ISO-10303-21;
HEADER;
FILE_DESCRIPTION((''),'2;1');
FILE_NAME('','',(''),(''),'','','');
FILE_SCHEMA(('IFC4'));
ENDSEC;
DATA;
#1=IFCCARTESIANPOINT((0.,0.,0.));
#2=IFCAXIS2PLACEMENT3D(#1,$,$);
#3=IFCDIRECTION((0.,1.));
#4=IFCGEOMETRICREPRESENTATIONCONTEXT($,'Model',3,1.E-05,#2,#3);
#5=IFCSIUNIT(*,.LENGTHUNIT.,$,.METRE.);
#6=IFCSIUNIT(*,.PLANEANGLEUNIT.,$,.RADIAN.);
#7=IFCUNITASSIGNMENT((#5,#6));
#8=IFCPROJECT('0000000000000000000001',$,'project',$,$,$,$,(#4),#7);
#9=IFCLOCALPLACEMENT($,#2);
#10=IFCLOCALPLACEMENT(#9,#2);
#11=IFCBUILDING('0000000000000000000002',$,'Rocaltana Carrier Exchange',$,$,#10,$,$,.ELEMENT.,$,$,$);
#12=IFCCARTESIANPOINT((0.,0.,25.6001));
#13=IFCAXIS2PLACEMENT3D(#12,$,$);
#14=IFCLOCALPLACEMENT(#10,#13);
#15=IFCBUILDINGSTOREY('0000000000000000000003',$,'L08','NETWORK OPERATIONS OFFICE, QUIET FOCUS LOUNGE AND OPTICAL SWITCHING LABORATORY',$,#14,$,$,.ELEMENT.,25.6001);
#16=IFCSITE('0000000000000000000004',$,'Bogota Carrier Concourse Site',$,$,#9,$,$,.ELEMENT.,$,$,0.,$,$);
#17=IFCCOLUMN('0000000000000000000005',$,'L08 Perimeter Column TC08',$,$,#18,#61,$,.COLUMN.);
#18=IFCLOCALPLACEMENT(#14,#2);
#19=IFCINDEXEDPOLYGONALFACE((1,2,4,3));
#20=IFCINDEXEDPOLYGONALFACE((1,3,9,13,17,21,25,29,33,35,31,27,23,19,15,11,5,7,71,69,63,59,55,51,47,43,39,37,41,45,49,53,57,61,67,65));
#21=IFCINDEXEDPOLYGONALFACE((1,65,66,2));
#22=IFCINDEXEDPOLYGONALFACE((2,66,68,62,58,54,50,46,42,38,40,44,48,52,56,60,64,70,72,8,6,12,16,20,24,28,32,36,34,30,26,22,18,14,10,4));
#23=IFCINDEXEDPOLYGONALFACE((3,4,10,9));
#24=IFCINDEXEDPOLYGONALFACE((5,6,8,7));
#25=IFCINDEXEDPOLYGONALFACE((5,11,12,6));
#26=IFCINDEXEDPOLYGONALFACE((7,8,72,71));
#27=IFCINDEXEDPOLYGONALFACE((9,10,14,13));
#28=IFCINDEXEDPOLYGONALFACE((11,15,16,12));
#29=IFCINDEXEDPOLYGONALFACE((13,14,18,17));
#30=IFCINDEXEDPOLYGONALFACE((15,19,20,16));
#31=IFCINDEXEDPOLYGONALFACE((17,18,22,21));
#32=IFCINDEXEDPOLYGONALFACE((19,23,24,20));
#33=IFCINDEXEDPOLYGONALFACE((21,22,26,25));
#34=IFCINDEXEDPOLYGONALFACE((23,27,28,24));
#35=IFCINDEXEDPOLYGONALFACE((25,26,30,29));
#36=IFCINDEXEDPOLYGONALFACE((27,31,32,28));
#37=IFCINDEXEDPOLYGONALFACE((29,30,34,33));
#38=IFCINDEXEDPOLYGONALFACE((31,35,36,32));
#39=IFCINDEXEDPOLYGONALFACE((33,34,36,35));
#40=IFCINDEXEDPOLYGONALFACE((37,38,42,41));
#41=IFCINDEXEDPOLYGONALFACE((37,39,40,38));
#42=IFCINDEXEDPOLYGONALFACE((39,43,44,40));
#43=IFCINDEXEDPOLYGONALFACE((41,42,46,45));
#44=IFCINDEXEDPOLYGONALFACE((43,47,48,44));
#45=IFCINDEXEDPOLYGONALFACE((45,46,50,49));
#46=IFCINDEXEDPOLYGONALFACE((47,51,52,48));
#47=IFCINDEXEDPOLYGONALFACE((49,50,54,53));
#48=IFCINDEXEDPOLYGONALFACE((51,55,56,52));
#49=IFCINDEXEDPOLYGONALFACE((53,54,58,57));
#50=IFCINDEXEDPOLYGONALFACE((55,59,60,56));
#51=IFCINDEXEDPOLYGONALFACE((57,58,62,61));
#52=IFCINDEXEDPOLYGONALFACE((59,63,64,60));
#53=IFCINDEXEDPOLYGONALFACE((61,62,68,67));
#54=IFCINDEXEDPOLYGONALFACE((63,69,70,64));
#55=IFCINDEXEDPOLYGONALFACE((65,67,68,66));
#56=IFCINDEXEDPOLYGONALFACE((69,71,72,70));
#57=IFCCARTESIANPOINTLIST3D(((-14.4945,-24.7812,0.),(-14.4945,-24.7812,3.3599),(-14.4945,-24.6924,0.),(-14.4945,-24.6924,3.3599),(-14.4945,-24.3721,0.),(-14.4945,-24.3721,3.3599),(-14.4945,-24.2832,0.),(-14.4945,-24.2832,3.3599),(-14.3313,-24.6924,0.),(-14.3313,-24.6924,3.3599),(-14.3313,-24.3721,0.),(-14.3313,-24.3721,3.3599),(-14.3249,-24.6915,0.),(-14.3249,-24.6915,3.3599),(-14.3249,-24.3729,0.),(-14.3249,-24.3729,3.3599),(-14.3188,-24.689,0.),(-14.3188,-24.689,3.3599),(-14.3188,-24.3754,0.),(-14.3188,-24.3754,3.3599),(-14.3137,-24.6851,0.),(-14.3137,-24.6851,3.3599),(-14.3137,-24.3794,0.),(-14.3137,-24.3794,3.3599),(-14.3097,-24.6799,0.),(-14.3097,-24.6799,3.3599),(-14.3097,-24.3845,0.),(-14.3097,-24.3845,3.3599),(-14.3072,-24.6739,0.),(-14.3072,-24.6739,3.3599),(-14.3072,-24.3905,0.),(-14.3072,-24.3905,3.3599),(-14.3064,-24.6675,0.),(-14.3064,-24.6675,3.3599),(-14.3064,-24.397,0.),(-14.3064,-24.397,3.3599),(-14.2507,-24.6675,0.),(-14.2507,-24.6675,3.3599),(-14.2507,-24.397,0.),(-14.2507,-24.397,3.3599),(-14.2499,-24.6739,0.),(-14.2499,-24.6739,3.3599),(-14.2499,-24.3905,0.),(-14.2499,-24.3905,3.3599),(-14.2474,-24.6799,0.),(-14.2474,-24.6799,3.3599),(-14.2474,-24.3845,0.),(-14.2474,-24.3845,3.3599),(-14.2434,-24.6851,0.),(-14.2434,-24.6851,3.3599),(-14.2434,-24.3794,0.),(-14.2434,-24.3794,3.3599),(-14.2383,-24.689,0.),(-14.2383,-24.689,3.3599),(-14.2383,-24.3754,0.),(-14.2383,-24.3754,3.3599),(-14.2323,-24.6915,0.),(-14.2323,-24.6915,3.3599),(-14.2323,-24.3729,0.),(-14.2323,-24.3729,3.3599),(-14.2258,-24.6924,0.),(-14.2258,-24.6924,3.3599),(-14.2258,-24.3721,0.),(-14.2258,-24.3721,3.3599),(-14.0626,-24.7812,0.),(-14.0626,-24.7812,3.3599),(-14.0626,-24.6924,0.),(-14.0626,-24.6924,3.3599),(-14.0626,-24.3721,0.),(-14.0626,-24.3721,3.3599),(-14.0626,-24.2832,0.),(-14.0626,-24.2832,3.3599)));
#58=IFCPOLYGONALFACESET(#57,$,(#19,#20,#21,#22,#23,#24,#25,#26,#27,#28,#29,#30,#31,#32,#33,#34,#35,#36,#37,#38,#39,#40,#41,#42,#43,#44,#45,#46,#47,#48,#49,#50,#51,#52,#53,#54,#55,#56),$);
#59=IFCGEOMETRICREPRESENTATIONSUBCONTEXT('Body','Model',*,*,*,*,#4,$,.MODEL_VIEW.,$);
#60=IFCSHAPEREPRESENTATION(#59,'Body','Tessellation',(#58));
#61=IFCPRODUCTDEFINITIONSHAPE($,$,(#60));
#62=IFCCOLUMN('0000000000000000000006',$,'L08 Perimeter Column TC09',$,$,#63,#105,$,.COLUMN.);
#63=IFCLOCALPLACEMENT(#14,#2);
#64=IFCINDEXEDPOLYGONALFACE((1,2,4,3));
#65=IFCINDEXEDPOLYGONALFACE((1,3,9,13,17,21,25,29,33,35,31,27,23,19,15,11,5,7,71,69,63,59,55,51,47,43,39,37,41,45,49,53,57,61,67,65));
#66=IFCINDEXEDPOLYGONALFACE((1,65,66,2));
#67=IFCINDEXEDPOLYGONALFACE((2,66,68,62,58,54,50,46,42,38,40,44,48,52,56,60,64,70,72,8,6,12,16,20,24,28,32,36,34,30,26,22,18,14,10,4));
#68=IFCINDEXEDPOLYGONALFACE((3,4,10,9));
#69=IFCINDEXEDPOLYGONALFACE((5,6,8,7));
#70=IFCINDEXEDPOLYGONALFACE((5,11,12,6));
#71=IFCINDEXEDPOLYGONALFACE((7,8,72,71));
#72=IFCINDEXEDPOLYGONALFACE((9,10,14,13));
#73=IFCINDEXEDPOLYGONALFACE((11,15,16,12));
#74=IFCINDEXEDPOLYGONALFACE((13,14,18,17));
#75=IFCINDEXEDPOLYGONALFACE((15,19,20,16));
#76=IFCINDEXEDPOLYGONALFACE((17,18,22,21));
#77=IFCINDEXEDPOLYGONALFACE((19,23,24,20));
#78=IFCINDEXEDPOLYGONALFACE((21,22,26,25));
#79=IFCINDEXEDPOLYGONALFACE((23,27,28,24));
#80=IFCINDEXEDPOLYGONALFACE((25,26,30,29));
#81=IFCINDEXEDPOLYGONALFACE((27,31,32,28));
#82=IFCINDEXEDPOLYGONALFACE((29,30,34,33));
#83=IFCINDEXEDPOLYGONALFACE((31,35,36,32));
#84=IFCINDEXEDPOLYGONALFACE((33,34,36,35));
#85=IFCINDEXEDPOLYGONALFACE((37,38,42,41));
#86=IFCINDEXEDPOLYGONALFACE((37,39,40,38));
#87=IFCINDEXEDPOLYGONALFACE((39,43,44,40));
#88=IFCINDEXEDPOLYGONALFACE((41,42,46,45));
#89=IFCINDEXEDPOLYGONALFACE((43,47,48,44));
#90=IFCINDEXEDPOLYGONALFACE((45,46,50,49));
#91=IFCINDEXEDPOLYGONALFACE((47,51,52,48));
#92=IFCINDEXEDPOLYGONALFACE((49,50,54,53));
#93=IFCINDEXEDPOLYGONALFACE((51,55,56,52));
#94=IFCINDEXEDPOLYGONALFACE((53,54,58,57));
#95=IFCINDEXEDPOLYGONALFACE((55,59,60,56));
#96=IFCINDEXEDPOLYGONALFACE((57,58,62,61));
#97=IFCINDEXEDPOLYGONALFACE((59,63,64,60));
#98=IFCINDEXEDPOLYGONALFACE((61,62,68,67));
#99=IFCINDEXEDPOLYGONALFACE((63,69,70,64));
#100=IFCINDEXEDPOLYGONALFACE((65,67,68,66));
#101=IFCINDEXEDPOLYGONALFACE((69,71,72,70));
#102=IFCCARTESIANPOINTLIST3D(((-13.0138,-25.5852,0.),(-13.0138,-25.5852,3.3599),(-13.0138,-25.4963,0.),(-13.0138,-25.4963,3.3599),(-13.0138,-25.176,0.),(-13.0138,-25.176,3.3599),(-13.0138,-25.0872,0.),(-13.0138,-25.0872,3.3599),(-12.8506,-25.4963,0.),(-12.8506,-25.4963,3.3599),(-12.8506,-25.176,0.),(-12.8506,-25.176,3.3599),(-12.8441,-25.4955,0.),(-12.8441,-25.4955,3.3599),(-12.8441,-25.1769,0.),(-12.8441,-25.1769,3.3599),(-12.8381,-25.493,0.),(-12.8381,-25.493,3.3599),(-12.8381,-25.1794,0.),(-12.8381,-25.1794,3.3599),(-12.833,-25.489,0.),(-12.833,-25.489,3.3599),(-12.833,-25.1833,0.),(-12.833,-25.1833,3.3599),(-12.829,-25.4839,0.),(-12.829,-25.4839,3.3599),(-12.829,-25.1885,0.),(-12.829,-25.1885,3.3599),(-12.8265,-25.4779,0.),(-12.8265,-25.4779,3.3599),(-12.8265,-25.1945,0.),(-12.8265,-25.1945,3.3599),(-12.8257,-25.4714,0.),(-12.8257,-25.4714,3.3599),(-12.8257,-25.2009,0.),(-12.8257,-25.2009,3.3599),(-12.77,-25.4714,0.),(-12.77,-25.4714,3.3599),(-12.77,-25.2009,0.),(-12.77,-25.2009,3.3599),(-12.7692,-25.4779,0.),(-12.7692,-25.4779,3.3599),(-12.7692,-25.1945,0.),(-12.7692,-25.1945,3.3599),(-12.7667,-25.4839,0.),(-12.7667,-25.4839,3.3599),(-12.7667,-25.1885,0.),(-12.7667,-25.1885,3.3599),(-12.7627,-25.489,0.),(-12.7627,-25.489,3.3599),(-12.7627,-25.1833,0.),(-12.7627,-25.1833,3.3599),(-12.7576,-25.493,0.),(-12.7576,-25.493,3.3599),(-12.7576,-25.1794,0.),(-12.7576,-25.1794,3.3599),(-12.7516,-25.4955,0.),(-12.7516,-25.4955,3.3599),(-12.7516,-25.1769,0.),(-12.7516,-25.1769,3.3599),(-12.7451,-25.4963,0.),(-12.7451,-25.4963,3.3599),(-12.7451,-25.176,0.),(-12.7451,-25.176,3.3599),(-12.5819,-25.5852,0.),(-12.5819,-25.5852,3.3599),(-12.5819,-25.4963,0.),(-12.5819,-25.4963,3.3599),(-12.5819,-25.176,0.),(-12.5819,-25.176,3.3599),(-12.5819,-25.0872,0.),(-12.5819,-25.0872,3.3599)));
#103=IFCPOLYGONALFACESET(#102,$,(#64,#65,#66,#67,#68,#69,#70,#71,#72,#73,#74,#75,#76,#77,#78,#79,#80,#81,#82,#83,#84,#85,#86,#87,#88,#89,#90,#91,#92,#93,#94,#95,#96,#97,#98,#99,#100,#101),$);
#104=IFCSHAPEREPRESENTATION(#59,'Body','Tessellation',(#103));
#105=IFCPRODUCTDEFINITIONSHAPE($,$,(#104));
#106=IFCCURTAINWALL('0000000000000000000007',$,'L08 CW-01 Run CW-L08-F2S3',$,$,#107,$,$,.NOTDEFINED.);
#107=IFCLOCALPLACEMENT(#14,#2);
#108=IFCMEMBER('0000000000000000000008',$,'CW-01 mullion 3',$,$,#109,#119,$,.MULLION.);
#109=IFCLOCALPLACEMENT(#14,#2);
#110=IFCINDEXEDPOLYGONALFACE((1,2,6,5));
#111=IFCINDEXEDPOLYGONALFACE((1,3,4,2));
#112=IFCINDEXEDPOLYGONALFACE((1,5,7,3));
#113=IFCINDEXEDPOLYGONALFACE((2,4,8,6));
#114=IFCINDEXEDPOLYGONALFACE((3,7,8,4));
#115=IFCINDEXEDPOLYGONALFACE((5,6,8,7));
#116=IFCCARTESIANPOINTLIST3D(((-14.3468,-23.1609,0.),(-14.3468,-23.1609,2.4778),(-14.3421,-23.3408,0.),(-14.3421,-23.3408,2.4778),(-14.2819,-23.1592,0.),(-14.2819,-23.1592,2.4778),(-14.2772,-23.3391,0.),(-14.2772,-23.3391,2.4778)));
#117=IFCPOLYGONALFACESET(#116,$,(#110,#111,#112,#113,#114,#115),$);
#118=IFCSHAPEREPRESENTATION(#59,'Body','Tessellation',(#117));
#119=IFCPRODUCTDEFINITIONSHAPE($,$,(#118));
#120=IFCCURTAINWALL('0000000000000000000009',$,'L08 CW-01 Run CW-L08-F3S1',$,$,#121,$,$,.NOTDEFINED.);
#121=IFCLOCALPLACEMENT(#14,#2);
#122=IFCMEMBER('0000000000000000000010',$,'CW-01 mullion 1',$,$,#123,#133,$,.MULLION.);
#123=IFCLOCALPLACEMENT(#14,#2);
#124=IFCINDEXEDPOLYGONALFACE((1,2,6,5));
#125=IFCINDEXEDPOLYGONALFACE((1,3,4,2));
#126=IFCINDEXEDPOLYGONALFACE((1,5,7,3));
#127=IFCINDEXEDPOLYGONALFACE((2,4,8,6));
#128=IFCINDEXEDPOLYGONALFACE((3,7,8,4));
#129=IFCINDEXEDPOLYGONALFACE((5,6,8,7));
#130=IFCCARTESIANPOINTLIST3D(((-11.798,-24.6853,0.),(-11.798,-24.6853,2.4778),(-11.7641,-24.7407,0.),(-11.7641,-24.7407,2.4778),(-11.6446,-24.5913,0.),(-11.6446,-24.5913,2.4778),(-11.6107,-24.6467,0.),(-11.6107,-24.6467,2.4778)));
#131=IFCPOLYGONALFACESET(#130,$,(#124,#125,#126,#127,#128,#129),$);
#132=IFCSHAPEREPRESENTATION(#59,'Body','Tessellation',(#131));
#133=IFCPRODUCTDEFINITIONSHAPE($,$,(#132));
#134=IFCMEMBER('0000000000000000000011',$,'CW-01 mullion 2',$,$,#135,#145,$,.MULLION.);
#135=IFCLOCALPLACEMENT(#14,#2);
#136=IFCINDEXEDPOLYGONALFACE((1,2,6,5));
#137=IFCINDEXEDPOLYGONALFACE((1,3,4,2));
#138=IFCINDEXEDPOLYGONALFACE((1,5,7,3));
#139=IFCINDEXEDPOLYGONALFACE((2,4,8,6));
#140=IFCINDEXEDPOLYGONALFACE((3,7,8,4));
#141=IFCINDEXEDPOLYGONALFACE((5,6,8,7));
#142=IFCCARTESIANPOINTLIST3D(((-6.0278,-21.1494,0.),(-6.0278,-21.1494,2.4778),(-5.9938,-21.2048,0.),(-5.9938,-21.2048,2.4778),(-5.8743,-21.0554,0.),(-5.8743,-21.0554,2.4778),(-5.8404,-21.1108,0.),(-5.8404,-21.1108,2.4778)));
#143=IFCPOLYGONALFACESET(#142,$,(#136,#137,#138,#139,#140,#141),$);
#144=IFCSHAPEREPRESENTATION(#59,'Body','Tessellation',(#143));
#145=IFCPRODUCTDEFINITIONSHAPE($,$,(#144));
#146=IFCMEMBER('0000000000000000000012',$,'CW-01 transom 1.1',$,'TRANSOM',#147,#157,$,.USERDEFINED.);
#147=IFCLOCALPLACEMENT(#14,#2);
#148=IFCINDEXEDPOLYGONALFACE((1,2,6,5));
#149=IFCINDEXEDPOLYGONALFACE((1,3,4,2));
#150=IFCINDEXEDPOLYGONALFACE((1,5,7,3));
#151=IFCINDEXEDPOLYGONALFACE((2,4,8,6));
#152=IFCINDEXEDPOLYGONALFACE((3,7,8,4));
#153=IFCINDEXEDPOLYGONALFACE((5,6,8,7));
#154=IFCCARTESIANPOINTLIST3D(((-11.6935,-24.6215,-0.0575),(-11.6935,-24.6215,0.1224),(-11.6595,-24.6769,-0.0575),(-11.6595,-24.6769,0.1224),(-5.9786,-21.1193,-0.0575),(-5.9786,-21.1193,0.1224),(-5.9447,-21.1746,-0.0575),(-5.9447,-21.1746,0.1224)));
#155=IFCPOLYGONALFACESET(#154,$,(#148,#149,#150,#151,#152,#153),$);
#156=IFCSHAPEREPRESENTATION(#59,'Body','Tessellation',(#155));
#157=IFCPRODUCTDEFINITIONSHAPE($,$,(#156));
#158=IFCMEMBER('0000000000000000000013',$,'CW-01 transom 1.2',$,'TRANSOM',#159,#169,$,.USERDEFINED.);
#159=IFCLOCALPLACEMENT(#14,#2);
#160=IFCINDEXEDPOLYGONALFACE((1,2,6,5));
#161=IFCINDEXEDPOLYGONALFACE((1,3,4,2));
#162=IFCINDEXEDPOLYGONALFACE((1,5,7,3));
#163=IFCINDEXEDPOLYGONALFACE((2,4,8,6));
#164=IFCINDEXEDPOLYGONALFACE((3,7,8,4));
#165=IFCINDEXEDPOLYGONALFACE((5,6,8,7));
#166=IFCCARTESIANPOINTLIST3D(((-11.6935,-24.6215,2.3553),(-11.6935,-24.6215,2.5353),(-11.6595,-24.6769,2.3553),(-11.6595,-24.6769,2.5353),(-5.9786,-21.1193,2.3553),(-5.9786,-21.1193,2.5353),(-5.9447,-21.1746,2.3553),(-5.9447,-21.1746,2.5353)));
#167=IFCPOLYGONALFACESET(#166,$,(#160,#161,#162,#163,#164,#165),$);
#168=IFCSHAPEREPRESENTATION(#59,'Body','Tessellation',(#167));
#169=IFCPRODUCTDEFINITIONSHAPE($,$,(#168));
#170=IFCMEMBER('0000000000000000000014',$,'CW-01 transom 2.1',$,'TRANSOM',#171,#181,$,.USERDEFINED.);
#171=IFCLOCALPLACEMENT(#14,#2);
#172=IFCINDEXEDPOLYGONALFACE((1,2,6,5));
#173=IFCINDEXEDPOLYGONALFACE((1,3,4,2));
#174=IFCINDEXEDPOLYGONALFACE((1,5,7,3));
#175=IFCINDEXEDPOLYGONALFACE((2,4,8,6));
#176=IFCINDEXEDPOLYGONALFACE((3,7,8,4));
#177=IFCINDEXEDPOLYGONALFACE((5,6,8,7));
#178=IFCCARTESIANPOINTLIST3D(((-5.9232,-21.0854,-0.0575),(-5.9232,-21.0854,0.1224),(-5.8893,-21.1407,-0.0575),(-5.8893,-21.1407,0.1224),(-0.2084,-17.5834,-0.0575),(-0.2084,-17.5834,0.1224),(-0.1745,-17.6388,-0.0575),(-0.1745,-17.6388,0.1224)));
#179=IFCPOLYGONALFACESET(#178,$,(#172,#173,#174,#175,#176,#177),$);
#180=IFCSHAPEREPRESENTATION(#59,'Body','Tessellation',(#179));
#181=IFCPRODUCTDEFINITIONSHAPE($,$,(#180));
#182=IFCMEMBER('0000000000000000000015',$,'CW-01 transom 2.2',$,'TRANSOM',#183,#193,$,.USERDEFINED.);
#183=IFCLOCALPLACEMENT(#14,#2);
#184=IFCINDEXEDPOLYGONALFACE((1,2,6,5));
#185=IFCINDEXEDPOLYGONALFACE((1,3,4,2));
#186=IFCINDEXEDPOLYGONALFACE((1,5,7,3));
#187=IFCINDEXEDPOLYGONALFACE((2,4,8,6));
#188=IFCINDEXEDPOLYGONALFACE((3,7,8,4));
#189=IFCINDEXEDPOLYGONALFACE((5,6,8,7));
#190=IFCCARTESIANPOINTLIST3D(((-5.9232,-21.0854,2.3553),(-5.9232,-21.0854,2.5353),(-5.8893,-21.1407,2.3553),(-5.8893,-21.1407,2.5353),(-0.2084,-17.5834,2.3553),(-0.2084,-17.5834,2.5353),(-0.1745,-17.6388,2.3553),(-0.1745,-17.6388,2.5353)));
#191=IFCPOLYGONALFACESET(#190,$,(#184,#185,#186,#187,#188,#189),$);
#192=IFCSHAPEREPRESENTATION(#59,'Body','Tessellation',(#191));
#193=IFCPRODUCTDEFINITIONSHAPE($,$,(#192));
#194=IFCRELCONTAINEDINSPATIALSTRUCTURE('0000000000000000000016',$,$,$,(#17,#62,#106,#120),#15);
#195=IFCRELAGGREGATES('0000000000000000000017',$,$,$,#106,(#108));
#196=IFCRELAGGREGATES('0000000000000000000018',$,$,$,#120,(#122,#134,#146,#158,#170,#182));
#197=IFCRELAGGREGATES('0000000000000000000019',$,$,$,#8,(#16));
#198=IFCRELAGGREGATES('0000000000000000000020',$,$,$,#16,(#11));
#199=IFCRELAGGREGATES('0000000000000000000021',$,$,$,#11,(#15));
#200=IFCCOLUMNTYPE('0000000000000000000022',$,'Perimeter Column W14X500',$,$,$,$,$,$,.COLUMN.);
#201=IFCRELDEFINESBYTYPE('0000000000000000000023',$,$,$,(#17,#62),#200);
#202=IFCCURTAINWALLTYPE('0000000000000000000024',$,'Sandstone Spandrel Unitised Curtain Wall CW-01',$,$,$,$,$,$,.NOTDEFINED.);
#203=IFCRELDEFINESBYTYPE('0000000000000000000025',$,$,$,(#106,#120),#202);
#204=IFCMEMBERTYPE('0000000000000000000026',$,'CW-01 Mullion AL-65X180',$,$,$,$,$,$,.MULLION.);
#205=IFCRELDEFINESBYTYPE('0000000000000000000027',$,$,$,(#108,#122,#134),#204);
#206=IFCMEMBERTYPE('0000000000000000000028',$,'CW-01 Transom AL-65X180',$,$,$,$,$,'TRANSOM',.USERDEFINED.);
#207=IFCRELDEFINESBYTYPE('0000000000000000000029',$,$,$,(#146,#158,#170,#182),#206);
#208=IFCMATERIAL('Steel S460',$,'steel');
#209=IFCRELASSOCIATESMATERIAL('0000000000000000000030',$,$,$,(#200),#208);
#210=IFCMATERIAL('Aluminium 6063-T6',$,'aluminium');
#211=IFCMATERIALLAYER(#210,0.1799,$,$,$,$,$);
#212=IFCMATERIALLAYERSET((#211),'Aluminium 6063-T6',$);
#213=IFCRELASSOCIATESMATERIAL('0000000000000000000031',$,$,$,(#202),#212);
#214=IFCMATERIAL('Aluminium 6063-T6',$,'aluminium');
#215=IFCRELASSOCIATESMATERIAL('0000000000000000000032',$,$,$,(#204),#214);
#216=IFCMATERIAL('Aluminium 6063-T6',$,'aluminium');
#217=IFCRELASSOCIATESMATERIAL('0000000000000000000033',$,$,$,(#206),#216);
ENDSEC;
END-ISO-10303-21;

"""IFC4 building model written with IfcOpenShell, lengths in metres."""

from ifc_helpers import new_model, si_unit, direction, frame, origin, origin_2d, place, context, subcontext, project, spatial, rectangle, i_section, extrude, material, layer, layer_set, material_profile, profile_set, type_object, element, aggregate, save


model = new_model("IFC4")

# Units and contexts
model_context = context("Model", 3, precision=1e-05, world=origin(), true_north=direction((0.0, 1.0)))
body_context = subcontext(model_context, "Body", "Model", "MODEL_VIEW")
ifc_project = project(units=[si_unit("LENGTHUNIT", "METRE"), si_unit("PLANEANGLEUNIT", "RADIAN")], contexts=[model_context])

# Site, building, storey
site_placement = place(None, origin())
site = spatial("IfcSite", under=ifc_project, at=site_placement, Name="Bogota Carrier Concourse Site", CompositionType="ELEMENT", RefElevation=0.0)
building_placement = place(site_placement, origin())
building = spatial("IfcBuilding", under=site, at=building_placement, Name="Rocaltana Carrier Exchange", CompositionType="ELEMENT")
storey_placement = place(building_placement, frame((0.0, 0.0, 25.6001)))
storey = spatial("IfcBuildingStorey", under=building, at=storey_placement, Name="L08", Description="NETWORK OPERATIONS OFFICE, QUIET FOCUS LOUNGE AND OPTICAL SWITCHING LABORATORY", CompositionType="ELEMENT", Elevation=25.6001)

# Columns
ifc_material_1 = material(Name="Steel S460", Category="steel")
ifc_material_profile_1 = material_profile(ifc_material_1, i_section(OverallWidth=0.4319, OverallDepth=0.498, WebThickness=0.0557, FlangeThickness=0.0889, FilletRadius=0.0249, at=origin_2d()), Name="W14X500")
ifc_profile_set_1 = profile_set([ifc_material_profile_1], Name="Steel S460")
column_type = type_object("IfcColumnType", Name="Perimeter Column W14X500", PredefinedType="COLUMN", material=ifc_profile_set_1)
for number, where, z_axis, x_axis, name in (
    (1, (-14.2786, -24.5322, 0.0), (0.0, 0.0, 1.0), (1.0, 0.0, 0.0), "L08 Perimeter Column TC08"),
    (2, (-12.7979, -25.3362, 0.0), (0.0, 0.0, 1.0), (1.0, 0.0, 0.0), "L08 Perimeter Column TC09"),
):
    element("IfcColumn", number, at=place(storey_placement, frame(where, z_axis=z_axis, x_axis=x_axis)), inside=storey, type_object=column_type, Name=name, PredefinedType="COLUMN", context=body_context, shape_type="SweptSolid", body=[
        extrude(i_section(OverallWidth=0.4319, OverallDepth=0.498, WebThickness=0.0557, FlangeThickness=0.0889, FilletRadius=0.0249, at=origin_2d()), origin(), (0.0, 0.0, 1.0), 3.3599),
    ])

# Curtain wall, member
ifc_material_2 = material(Name="Aluminium 6063-T6", Category="aluminium")
ifc_layer_1 = layer(ifc_material_2, 0.1799)
ifc_layer_set_1 = layer_set([ifc_layer_1], Name="Aluminium 6063-T6")
curtain_wall_type = type_object("IfcCurtainWallType", Name="Sandstone Spandrel Unitised Curtain Wall CW-01", PredefinedType="NOTDEFINED", material=ifc_layer_set_1)
curtain_wall_1_placement = place(storey_placement, origin())
curtain_wall_1 = element("IfcCurtainWall", 3, at=curtain_wall_1_placement, inside=storey, type_object=curtain_wall_type, Name="L08 CW-01 Run CW-L08-F2S3", PredefinedType="NOTDEFINED")
ifc_material_3 = material(Name="Aluminium 6063-T6", Category="aluminium")
ifc_material_profile_2 = material_profile(ifc_material_3, rectangle(XDim=0.0649, YDim=0.1799, at=origin_2d()), Name="AL-65X180")
ifc_profile_set_2 = profile_set([ifc_material_profile_2], Name="Aluminium 6063-T6")
member_type_1 = type_object("IfcMemberType", Name="CW-01 Mullion AL-65X180", PredefinedType="MULLION", material=ifc_profile_set_2)
member_1_placement = place(storey_placement, frame((-14.312, -23.25, 0.0), z_axis=(0.0, 0.0, 1.0), x_axis=(0.999657, 0.026184, 0.0)))
member_1 = element("IfcMember", 4, at=member_1_placement, type_object=member_type_1, Name="CW-01 mullion 3", PredefinedType="MULLION", context=body_context, shape_type="SweptSolid", body=[
    extrude(rectangle(XDim=0.0649, YDim=0.1799, at=origin_2d()), origin(), (0.0, 0.0, 1.0), 2.4778),
])
aggregate(curtain_wall_1, [member_1])

# Curtain wall, members
curtain_wall_2_placement = place(storey_placement, origin())
curtain_wall_2 = element("IfcCurtainWall", 5, at=curtain_wall_2_placement, inside=storey, type_object=curtain_wall_type, Name="L08 CW-01 Run CW-L08-F3S1", PredefinedType="NOTDEFINED")
member_2_placement = place(storey_placement, frame((-11.7043, -24.666, 0.0), z_axis=(0.0, 0.0, 1.0), x_axis=(-0.522505, 0.852636, 0.0)))
member_2 = element("IfcMember", 6, at=member_2_placement, type_object=member_type_1, Name="CW-01 mullion 1", PredefinedType="MULLION", context=body_context, shape_type="SweptSolid", body=[
    extrude(rectangle(XDim=0.0649, YDim=0.1799, at=origin_2d()), origin(), (0.0, 0.0, 1.0), 2.4778),
])
member_3_placement = place(storey_placement, frame((-5.9341, -21.1301, 0.0), z_axis=(0.0, 0.0, 1.0), x_axis=(-0.522505, 0.852636, 0.0)))
member_3 = element("IfcMember", 7, at=member_3_placement, type_object=member_type_1, Name="CW-01 mullion 2", PredefinedType="MULLION", context=body_context, shape_type="SweptSolid", body=[
    extrude(rectangle(XDim=0.0649, YDim=0.1799, at=origin_2d()), origin(), (0.0, 0.0, 1.0), 2.4778),
])
ifc_material_4 = material(Name="Aluminium 6063-T6", Category="aluminium")
ifc_material_profile_3 = material_profile(ifc_material_4, rectangle(XDim=0.0649, YDim=0.1799, at=origin_2d()), Name="AL-65X180")
ifc_profile_set_3 = profile_set([ifc_material_profile_3], Name="Aluminium 6063-T6")
member_type_2 = type_object("IfcMemberType", Name="CW-01 Transom AL-65X180", ElementType="TRANSOM", PredefinedType="USERDEFINED", material=ifc_profile_set_3)
member_4_placement = place(storey_placement, frame((-11.6765, -24.6492, 0.0325), z_axis=(0.852631, 0.522513, 0.0), x_axis=(-0.522513, 0.852631, 0.0)))
member_4 = element("IfcMember", 8, at=member_4_placement, type_object=member_type_2, Name="CW-01 transom 1.1", ObjectType="TRANSOM", PredefinedType="USERDEFINED", context=body_context, shape_type="SweptSolid", body=[
    extrude(rectangle(XDim=0.0649, YDim=0.1799, at=origin_2d()), origin(), (0.0, 0.0, 1.0), 6.7026),
])
member_5_placement = place(storey_placement, frame((-11.6765, -24.6492, 2.4453), z_axis=(0.852631, 0.522513, 0.0), x_axis=(-0.522513, 0.852631, 0.0)))
member_5 = element("IfcMember", 9, at=member_5_placement, type_object=member_type_2, Name="CW-01 transom 1.2", ObjectType="TRANSOM", PredefinedType="USERDEFINED", context=body_context, shape_type="SweptSolid", body=[
    extrude(rectangle(XDim=0.0649, YDim=0.1799, at=origin_2d()), origin(), (0.0, 0.0, 1.0), 6.7026),
])
member_6_placement = place(storey_placement, frame((-5.9062, -21.113, 0.0325), z_axis=(0.852647, 0.522487, 0.0), x_axis=(-0.522487, 0.852647, 0.0)))
member_6 = element("IfcMember", 10, at=member_6_placement, type_object=member_type_2, Name="CW-01 transom 2.1", ObjectType="TRANSOM", PredefinedType="USERDEFINED", context=body_context, shape_type="SweptSolid", body=[
    extrude(rectangle(XDim=0.0649, YDim=0.1799, at=origin_2d()), origin(), (0.0, 0.0, 1.0), 6.7024),
])
member_7_placement = place(storey_placement, frame((-5.9062, -21.113, 2.4453), z_axis=(0.852647, 0.522487, 0.0), x_axis=(-0.522487, 0.852647, 0.0)))
member_7 = element("IfcMember", 11, at=member_7_placement, type_object=member_type_2, Name="CW-01 transom 2.2", ObjectType="TRANSOM", PredefinedType="USERDEFINED", context=body_context, shape_type="SweptSolid", body=[
    extrude(rectangle(XDim=0.0649, YDim=0.1799, at=origin_2d()), origin(), (0.0, 0.0, 1.0), 6.7024),
])

aggregate(curtain_wall_2, [member_2, member_3, member_4, member_5, member_6, member_7])

save(model, "model.ifc")
